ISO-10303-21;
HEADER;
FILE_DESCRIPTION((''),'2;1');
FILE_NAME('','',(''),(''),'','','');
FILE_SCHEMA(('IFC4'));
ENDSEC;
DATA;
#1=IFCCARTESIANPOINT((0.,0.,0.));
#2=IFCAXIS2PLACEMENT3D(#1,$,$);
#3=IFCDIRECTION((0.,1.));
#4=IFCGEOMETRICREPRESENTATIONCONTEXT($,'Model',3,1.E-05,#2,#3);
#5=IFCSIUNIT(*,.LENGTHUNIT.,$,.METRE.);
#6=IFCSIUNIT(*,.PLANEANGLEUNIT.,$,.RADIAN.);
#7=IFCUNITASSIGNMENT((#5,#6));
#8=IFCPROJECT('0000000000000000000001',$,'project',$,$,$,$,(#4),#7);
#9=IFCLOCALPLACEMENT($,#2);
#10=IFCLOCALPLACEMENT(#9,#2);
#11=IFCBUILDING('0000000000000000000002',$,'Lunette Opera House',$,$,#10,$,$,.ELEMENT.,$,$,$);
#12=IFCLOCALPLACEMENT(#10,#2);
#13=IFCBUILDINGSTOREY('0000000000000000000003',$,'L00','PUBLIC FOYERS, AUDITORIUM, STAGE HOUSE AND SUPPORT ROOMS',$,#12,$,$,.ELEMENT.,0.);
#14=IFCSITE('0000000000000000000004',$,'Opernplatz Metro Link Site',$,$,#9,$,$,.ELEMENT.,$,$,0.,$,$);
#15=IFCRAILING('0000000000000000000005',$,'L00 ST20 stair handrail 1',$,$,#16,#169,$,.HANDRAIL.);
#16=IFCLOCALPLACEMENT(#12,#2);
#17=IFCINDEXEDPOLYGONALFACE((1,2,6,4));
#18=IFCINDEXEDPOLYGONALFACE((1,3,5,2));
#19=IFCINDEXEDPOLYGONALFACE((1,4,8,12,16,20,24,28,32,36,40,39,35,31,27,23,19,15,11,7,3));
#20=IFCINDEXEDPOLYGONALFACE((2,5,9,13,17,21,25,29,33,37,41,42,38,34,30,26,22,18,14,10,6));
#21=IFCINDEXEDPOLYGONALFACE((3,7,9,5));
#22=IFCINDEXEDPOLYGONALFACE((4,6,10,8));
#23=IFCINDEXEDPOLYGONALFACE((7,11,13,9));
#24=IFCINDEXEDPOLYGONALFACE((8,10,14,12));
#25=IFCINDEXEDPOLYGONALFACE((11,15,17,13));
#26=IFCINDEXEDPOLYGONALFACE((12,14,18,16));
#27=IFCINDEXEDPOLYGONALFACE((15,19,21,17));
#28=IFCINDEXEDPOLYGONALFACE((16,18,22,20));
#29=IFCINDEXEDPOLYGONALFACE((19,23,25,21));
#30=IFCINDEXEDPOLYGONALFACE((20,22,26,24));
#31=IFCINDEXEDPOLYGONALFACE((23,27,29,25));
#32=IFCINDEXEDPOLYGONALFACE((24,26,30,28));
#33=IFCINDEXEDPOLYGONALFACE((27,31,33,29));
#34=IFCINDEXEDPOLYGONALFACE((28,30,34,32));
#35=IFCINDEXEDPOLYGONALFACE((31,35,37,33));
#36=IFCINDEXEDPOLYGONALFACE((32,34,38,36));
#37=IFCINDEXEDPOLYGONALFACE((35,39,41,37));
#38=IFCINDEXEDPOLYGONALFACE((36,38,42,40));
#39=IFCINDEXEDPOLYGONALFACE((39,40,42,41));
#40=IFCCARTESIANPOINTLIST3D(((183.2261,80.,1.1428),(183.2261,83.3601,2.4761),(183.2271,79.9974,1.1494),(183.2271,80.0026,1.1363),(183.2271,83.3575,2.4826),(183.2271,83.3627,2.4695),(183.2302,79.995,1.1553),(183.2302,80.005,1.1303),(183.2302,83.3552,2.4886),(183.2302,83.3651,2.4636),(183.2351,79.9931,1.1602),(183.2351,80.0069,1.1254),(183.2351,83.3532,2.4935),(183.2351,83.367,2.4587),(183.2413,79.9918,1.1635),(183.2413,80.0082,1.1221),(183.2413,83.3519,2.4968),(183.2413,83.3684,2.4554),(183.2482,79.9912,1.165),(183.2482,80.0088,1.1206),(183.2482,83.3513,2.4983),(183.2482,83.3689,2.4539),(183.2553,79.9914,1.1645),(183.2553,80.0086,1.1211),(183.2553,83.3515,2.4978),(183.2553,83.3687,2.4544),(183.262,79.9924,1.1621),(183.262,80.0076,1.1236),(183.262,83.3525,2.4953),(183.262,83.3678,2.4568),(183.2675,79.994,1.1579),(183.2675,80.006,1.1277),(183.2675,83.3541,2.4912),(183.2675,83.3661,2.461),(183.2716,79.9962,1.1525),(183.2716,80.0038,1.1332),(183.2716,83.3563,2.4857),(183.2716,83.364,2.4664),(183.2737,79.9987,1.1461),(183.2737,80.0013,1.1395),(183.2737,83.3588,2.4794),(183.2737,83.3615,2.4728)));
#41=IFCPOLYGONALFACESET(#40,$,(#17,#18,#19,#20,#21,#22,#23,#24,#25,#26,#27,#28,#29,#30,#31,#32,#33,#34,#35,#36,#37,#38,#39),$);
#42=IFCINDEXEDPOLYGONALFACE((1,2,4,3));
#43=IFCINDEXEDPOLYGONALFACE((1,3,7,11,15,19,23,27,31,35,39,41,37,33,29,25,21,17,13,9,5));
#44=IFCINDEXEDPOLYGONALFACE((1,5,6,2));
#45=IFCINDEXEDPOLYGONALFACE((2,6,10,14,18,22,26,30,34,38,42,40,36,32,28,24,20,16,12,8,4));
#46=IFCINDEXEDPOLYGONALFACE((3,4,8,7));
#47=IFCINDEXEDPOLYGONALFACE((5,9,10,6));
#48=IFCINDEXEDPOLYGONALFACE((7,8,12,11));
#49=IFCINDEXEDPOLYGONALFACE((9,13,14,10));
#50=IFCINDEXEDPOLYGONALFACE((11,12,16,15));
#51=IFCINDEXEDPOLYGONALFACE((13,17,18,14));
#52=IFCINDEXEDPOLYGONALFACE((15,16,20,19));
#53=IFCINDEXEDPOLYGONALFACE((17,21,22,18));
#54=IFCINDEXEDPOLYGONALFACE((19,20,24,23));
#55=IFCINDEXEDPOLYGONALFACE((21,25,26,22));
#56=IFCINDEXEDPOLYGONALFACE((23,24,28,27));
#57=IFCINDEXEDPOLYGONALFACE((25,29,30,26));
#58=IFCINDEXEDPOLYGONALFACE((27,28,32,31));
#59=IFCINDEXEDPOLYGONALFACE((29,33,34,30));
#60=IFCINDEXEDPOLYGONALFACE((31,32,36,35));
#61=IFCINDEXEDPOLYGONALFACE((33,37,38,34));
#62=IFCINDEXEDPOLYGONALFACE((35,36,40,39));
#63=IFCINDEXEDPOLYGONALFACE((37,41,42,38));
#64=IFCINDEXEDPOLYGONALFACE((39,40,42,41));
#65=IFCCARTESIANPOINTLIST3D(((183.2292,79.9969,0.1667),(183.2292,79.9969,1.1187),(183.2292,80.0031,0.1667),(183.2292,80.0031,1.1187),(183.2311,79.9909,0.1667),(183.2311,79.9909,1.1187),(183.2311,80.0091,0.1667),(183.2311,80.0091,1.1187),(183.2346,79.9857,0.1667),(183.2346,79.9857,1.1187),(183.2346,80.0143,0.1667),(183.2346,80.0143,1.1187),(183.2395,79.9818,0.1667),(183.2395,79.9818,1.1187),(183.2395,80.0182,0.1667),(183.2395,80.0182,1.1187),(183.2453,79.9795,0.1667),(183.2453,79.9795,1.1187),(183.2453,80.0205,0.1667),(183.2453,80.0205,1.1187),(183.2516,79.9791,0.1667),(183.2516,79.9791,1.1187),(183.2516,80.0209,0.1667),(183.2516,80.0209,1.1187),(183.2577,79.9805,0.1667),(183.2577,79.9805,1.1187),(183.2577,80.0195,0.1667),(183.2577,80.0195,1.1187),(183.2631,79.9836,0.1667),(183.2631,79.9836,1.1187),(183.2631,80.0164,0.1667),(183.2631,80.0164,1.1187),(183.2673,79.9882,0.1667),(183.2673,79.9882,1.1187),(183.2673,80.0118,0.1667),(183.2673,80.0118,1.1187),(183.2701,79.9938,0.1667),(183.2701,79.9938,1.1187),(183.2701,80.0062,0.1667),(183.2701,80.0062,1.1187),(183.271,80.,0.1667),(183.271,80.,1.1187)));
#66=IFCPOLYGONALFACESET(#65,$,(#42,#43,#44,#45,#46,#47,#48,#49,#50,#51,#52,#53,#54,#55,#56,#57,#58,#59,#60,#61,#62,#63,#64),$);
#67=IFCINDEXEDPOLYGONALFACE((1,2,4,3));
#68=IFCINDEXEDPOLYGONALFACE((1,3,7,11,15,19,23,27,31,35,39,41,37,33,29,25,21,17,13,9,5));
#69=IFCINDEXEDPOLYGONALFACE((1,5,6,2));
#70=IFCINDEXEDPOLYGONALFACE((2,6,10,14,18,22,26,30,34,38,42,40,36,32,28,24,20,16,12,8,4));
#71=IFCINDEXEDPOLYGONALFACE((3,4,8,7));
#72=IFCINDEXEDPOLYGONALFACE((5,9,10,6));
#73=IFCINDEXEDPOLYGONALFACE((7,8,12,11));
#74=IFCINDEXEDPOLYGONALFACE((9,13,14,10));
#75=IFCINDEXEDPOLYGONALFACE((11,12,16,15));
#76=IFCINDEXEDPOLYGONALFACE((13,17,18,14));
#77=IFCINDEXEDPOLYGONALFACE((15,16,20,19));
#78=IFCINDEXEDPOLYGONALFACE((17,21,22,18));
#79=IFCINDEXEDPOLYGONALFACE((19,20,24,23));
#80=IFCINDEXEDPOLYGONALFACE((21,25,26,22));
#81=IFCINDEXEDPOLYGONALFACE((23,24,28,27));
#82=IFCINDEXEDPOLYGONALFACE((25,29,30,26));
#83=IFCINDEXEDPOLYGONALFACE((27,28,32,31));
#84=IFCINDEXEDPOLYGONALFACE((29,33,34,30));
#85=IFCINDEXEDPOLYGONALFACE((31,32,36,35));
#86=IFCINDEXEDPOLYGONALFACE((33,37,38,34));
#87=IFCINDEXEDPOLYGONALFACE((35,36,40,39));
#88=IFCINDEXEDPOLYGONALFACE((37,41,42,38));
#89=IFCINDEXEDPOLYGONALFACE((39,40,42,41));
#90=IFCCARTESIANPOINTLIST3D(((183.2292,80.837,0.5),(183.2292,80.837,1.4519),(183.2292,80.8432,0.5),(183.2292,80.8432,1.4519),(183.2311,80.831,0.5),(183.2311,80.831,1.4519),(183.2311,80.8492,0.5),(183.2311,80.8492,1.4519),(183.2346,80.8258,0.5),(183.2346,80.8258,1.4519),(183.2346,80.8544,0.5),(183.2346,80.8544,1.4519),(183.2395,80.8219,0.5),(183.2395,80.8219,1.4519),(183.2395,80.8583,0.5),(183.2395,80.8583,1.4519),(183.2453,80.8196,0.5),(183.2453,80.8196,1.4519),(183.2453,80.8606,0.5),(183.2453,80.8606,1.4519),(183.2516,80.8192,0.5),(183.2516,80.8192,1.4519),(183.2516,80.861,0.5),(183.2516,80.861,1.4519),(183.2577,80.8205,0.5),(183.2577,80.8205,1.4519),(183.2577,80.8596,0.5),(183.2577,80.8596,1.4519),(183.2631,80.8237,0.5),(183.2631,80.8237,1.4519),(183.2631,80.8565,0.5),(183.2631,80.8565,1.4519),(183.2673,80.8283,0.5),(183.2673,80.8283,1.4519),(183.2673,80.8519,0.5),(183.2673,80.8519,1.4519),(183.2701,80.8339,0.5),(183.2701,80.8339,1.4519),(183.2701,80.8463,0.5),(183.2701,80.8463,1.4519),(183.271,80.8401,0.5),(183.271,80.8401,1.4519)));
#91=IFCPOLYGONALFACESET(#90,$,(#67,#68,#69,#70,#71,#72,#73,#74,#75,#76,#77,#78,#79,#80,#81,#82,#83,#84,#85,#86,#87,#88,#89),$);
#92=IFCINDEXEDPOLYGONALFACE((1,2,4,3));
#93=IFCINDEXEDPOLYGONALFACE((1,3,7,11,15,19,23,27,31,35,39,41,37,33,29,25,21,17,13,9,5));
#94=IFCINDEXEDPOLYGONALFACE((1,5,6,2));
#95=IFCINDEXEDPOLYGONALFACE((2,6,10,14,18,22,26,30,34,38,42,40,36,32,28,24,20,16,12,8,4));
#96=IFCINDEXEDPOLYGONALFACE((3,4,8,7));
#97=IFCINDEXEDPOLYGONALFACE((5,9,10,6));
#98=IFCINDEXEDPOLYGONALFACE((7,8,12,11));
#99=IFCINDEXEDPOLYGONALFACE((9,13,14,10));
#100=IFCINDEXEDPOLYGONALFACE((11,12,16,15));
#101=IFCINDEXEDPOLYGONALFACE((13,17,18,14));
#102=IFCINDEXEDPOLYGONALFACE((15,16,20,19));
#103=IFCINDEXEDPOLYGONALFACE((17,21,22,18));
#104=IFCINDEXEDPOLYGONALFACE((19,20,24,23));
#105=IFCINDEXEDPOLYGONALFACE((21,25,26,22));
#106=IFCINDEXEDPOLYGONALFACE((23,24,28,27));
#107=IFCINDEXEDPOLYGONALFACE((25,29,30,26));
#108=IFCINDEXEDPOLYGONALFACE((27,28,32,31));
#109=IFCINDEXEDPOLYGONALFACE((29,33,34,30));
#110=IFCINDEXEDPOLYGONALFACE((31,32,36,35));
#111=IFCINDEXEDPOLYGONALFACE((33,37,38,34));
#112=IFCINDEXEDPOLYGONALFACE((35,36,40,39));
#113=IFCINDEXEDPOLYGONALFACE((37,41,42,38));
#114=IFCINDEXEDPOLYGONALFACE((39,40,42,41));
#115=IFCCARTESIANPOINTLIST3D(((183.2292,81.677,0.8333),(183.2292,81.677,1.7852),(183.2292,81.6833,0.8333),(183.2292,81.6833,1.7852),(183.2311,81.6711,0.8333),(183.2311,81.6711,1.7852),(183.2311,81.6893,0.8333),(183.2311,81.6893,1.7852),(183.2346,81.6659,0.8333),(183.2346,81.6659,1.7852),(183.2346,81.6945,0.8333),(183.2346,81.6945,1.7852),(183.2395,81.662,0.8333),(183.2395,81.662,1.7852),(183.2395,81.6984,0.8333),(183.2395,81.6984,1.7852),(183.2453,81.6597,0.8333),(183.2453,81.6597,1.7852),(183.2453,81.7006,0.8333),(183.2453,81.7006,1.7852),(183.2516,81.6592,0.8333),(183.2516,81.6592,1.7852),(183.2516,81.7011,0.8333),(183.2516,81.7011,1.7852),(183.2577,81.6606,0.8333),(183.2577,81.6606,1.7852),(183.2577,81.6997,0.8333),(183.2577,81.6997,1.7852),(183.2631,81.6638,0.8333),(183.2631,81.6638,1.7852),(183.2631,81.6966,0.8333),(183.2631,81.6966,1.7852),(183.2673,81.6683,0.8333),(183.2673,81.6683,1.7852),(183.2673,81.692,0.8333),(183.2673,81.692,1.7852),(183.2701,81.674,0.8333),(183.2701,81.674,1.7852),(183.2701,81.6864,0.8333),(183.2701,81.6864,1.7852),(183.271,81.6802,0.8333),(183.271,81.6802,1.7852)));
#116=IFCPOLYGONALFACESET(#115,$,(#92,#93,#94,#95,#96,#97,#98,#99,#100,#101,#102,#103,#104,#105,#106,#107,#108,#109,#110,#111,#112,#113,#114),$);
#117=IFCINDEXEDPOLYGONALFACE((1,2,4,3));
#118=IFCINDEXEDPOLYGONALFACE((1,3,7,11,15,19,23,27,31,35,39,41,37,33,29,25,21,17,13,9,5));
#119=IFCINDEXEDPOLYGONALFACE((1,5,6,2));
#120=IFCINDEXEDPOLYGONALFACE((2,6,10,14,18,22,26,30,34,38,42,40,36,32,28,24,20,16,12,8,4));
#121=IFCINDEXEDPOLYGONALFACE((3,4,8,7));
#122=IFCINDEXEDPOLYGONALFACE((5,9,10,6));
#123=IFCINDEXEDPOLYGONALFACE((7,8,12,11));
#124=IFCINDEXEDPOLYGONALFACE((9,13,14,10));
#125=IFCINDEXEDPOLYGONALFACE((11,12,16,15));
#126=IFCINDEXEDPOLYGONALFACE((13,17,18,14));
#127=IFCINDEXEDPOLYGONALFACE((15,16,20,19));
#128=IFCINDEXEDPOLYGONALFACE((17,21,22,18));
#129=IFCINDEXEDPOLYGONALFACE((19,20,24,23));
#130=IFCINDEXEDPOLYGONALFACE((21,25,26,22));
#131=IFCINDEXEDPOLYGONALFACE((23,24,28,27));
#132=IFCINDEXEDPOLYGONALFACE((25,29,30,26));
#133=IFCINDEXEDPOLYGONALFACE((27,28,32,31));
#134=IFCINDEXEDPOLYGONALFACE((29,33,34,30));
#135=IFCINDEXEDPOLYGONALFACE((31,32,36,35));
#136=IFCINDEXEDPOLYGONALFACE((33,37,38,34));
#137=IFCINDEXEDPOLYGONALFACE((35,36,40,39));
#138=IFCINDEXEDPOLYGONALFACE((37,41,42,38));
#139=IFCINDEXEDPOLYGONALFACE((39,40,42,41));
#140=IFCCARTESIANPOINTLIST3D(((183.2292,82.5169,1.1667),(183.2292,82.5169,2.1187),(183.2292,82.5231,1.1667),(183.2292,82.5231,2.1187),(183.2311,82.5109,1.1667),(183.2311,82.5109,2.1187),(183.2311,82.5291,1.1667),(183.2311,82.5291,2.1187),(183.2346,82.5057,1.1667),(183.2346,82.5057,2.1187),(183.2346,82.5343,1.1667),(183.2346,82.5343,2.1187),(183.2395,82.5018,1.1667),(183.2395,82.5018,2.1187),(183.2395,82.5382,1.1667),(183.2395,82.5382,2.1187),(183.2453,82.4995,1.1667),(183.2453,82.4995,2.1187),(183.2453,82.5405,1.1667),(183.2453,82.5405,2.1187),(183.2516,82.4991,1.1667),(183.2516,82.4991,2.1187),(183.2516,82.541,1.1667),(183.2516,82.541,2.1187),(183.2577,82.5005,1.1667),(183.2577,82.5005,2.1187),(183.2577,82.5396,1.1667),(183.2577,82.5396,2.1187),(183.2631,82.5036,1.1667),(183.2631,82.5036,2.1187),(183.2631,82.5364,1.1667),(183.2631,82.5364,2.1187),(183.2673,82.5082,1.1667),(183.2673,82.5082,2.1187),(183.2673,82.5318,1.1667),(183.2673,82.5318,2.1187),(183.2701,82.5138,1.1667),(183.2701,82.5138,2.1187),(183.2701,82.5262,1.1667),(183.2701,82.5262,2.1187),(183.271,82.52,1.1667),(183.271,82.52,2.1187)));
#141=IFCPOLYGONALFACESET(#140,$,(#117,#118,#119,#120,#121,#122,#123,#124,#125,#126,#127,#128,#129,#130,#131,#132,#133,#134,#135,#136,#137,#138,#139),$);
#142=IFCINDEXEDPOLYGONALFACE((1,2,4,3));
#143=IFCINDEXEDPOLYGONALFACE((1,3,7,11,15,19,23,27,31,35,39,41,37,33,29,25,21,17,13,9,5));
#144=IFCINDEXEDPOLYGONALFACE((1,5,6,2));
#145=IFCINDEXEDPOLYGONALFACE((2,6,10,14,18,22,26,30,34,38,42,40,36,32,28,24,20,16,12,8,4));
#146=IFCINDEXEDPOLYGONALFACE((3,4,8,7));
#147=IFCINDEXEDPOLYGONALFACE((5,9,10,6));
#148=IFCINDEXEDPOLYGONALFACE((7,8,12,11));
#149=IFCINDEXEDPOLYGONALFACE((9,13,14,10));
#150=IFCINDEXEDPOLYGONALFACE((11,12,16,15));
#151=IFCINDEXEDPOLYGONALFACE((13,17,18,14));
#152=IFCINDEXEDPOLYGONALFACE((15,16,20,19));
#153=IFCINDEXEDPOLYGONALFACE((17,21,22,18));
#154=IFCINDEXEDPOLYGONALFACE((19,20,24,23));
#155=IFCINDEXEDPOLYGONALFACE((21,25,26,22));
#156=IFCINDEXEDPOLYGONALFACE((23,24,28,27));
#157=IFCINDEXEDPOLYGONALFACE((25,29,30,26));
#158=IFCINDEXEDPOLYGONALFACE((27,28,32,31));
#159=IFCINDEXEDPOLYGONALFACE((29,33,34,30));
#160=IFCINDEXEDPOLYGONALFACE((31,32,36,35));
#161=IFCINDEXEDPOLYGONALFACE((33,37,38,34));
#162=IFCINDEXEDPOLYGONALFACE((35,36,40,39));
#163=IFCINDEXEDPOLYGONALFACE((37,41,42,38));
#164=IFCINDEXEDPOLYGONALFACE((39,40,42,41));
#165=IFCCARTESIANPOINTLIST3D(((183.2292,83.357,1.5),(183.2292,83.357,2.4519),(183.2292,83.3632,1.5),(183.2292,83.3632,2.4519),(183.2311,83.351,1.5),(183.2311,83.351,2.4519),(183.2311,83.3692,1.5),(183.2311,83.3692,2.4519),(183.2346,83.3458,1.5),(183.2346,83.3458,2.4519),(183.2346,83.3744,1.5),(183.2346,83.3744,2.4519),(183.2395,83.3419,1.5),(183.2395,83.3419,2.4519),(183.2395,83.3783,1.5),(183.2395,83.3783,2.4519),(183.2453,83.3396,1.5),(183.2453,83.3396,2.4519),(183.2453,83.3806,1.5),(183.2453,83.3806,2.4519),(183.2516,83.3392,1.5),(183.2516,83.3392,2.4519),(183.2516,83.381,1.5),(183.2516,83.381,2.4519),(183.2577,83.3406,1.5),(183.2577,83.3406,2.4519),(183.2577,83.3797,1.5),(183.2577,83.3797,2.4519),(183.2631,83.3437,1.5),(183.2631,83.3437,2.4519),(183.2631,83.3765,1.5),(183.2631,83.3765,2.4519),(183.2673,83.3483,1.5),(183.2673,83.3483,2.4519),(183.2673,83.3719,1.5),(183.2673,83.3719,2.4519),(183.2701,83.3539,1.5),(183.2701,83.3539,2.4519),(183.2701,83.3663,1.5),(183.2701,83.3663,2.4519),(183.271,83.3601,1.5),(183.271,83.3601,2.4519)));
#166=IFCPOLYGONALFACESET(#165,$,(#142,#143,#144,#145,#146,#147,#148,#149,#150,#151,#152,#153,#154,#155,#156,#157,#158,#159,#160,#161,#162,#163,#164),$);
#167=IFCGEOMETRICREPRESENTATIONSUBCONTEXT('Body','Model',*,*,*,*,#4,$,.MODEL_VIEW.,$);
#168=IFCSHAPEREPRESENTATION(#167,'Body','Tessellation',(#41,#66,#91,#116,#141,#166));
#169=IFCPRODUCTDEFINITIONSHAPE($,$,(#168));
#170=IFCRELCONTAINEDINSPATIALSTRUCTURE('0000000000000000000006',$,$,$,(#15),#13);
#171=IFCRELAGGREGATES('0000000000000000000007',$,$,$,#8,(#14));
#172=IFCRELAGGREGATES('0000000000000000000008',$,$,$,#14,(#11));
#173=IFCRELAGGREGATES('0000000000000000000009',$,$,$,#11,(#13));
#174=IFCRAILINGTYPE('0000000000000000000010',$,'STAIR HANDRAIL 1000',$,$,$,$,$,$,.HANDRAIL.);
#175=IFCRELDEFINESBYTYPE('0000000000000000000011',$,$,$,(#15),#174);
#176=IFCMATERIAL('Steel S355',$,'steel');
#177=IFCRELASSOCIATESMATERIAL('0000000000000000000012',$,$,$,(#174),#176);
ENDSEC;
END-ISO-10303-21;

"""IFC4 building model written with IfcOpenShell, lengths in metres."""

from ifc_helpers import new_model, si_unit, direction, frame, origin, origin_2d, place, context, subcontext, project, spatial, circle, extrude, material, type_object, element, save


model = new_model("IFC4")

# Units and contexts
model_context = context("Model", 3, precision=1e-05, world=origin(), true_north=direction((0.0, 1.0)))
body_context = subcontext(model_context, "Body", "Model", "MODEL_VIEW")
ifc_project = project(units=[si_unit("LENGTHUNIT", "METRE"), si_unit("PLANEANGLEUNIT", "RADIAN")], contexts=[model_context])

# Site, building, storey
site_placement = place(None, origin())
site = spatial("IfcSite", under=ifc_project, at=site_placement, Name="Opernplatz Metro Link Site", CompositionType="ELEMENT", RefElevation=0.0)
building_placement = place(site_placement, origin())
building = spatial("IfcBuilding", under=site, at=building_placement, Name="Lunette Opera House", CompositionType="ELEMENT")
storey_placement = place(building_placement, origin())
storey = spatial("IfcBuildingStorey", under=building, at=storey_placement, Name="L00", Description="PUBLIC FOYERS, AUDITORIUM, STAGE HOUSE AND SUPPORT ROOMS", CompositionType="ELEMENT", Elevation=0.0)

# Railing
ifc_material_1 = material(Name="Steel S355", Category="steel")
railing_type_1 = type_object("IfcRailingType", Name="STAIR HANDRAIL 1000", PredefinedType="HANDRAIL", material=ifc_material_1)
railing_1_placement = place(storey_placement, frame((183.25, 80.0, 0.1667)))
element("IfcRailing", 1, at=railing_1_placement, inside=storey, type_object=railing_type_1, Name="L00 ST20 stair handrail 1", PredefinedType="HANDRAIL", context=body_context, shape_type="SweptSolid", body=[
    extrude(circle(Radius=0.0239, at=origin_2d()), frame((0.0, 0.0, 0.9761), z_axis=(0.0, 0.929502, 0.368816), x_axis=(-1.0, 0.0, 0.0)), (0.0, 0.0, 1.0), 3.615),
    extrude(circle(Radius=0.021, at=origin_2d()), origin(), (0.0, 0.0, 1.0), 0.9519),
    extrude(circle(Radius=0.021, at=origin_2d()), frame((0.0, 0.8401, 0.3333)), (0.0, 0.0, 1.0), 0.9519),
    extrude(circle(Radius=0.021, at=origin_2d()), frame((0.0, 1.6802, 0.6665)), (0.0, 0.0, 1.0), 0.9519),
    extrude(circle(Radius=0.021, at=origin_2d()), frame((0.0, 2.52, 1.0)), (0.0, 0.0, 1.0), 0.9519),
    extrude(circle(Radius=0.021, at=origin_2d()), frame((0.0, 3.3601, 1.3333)), (0.0, 0.0, 1.0), 0.9519),
])

save(model, "model.ifc")
